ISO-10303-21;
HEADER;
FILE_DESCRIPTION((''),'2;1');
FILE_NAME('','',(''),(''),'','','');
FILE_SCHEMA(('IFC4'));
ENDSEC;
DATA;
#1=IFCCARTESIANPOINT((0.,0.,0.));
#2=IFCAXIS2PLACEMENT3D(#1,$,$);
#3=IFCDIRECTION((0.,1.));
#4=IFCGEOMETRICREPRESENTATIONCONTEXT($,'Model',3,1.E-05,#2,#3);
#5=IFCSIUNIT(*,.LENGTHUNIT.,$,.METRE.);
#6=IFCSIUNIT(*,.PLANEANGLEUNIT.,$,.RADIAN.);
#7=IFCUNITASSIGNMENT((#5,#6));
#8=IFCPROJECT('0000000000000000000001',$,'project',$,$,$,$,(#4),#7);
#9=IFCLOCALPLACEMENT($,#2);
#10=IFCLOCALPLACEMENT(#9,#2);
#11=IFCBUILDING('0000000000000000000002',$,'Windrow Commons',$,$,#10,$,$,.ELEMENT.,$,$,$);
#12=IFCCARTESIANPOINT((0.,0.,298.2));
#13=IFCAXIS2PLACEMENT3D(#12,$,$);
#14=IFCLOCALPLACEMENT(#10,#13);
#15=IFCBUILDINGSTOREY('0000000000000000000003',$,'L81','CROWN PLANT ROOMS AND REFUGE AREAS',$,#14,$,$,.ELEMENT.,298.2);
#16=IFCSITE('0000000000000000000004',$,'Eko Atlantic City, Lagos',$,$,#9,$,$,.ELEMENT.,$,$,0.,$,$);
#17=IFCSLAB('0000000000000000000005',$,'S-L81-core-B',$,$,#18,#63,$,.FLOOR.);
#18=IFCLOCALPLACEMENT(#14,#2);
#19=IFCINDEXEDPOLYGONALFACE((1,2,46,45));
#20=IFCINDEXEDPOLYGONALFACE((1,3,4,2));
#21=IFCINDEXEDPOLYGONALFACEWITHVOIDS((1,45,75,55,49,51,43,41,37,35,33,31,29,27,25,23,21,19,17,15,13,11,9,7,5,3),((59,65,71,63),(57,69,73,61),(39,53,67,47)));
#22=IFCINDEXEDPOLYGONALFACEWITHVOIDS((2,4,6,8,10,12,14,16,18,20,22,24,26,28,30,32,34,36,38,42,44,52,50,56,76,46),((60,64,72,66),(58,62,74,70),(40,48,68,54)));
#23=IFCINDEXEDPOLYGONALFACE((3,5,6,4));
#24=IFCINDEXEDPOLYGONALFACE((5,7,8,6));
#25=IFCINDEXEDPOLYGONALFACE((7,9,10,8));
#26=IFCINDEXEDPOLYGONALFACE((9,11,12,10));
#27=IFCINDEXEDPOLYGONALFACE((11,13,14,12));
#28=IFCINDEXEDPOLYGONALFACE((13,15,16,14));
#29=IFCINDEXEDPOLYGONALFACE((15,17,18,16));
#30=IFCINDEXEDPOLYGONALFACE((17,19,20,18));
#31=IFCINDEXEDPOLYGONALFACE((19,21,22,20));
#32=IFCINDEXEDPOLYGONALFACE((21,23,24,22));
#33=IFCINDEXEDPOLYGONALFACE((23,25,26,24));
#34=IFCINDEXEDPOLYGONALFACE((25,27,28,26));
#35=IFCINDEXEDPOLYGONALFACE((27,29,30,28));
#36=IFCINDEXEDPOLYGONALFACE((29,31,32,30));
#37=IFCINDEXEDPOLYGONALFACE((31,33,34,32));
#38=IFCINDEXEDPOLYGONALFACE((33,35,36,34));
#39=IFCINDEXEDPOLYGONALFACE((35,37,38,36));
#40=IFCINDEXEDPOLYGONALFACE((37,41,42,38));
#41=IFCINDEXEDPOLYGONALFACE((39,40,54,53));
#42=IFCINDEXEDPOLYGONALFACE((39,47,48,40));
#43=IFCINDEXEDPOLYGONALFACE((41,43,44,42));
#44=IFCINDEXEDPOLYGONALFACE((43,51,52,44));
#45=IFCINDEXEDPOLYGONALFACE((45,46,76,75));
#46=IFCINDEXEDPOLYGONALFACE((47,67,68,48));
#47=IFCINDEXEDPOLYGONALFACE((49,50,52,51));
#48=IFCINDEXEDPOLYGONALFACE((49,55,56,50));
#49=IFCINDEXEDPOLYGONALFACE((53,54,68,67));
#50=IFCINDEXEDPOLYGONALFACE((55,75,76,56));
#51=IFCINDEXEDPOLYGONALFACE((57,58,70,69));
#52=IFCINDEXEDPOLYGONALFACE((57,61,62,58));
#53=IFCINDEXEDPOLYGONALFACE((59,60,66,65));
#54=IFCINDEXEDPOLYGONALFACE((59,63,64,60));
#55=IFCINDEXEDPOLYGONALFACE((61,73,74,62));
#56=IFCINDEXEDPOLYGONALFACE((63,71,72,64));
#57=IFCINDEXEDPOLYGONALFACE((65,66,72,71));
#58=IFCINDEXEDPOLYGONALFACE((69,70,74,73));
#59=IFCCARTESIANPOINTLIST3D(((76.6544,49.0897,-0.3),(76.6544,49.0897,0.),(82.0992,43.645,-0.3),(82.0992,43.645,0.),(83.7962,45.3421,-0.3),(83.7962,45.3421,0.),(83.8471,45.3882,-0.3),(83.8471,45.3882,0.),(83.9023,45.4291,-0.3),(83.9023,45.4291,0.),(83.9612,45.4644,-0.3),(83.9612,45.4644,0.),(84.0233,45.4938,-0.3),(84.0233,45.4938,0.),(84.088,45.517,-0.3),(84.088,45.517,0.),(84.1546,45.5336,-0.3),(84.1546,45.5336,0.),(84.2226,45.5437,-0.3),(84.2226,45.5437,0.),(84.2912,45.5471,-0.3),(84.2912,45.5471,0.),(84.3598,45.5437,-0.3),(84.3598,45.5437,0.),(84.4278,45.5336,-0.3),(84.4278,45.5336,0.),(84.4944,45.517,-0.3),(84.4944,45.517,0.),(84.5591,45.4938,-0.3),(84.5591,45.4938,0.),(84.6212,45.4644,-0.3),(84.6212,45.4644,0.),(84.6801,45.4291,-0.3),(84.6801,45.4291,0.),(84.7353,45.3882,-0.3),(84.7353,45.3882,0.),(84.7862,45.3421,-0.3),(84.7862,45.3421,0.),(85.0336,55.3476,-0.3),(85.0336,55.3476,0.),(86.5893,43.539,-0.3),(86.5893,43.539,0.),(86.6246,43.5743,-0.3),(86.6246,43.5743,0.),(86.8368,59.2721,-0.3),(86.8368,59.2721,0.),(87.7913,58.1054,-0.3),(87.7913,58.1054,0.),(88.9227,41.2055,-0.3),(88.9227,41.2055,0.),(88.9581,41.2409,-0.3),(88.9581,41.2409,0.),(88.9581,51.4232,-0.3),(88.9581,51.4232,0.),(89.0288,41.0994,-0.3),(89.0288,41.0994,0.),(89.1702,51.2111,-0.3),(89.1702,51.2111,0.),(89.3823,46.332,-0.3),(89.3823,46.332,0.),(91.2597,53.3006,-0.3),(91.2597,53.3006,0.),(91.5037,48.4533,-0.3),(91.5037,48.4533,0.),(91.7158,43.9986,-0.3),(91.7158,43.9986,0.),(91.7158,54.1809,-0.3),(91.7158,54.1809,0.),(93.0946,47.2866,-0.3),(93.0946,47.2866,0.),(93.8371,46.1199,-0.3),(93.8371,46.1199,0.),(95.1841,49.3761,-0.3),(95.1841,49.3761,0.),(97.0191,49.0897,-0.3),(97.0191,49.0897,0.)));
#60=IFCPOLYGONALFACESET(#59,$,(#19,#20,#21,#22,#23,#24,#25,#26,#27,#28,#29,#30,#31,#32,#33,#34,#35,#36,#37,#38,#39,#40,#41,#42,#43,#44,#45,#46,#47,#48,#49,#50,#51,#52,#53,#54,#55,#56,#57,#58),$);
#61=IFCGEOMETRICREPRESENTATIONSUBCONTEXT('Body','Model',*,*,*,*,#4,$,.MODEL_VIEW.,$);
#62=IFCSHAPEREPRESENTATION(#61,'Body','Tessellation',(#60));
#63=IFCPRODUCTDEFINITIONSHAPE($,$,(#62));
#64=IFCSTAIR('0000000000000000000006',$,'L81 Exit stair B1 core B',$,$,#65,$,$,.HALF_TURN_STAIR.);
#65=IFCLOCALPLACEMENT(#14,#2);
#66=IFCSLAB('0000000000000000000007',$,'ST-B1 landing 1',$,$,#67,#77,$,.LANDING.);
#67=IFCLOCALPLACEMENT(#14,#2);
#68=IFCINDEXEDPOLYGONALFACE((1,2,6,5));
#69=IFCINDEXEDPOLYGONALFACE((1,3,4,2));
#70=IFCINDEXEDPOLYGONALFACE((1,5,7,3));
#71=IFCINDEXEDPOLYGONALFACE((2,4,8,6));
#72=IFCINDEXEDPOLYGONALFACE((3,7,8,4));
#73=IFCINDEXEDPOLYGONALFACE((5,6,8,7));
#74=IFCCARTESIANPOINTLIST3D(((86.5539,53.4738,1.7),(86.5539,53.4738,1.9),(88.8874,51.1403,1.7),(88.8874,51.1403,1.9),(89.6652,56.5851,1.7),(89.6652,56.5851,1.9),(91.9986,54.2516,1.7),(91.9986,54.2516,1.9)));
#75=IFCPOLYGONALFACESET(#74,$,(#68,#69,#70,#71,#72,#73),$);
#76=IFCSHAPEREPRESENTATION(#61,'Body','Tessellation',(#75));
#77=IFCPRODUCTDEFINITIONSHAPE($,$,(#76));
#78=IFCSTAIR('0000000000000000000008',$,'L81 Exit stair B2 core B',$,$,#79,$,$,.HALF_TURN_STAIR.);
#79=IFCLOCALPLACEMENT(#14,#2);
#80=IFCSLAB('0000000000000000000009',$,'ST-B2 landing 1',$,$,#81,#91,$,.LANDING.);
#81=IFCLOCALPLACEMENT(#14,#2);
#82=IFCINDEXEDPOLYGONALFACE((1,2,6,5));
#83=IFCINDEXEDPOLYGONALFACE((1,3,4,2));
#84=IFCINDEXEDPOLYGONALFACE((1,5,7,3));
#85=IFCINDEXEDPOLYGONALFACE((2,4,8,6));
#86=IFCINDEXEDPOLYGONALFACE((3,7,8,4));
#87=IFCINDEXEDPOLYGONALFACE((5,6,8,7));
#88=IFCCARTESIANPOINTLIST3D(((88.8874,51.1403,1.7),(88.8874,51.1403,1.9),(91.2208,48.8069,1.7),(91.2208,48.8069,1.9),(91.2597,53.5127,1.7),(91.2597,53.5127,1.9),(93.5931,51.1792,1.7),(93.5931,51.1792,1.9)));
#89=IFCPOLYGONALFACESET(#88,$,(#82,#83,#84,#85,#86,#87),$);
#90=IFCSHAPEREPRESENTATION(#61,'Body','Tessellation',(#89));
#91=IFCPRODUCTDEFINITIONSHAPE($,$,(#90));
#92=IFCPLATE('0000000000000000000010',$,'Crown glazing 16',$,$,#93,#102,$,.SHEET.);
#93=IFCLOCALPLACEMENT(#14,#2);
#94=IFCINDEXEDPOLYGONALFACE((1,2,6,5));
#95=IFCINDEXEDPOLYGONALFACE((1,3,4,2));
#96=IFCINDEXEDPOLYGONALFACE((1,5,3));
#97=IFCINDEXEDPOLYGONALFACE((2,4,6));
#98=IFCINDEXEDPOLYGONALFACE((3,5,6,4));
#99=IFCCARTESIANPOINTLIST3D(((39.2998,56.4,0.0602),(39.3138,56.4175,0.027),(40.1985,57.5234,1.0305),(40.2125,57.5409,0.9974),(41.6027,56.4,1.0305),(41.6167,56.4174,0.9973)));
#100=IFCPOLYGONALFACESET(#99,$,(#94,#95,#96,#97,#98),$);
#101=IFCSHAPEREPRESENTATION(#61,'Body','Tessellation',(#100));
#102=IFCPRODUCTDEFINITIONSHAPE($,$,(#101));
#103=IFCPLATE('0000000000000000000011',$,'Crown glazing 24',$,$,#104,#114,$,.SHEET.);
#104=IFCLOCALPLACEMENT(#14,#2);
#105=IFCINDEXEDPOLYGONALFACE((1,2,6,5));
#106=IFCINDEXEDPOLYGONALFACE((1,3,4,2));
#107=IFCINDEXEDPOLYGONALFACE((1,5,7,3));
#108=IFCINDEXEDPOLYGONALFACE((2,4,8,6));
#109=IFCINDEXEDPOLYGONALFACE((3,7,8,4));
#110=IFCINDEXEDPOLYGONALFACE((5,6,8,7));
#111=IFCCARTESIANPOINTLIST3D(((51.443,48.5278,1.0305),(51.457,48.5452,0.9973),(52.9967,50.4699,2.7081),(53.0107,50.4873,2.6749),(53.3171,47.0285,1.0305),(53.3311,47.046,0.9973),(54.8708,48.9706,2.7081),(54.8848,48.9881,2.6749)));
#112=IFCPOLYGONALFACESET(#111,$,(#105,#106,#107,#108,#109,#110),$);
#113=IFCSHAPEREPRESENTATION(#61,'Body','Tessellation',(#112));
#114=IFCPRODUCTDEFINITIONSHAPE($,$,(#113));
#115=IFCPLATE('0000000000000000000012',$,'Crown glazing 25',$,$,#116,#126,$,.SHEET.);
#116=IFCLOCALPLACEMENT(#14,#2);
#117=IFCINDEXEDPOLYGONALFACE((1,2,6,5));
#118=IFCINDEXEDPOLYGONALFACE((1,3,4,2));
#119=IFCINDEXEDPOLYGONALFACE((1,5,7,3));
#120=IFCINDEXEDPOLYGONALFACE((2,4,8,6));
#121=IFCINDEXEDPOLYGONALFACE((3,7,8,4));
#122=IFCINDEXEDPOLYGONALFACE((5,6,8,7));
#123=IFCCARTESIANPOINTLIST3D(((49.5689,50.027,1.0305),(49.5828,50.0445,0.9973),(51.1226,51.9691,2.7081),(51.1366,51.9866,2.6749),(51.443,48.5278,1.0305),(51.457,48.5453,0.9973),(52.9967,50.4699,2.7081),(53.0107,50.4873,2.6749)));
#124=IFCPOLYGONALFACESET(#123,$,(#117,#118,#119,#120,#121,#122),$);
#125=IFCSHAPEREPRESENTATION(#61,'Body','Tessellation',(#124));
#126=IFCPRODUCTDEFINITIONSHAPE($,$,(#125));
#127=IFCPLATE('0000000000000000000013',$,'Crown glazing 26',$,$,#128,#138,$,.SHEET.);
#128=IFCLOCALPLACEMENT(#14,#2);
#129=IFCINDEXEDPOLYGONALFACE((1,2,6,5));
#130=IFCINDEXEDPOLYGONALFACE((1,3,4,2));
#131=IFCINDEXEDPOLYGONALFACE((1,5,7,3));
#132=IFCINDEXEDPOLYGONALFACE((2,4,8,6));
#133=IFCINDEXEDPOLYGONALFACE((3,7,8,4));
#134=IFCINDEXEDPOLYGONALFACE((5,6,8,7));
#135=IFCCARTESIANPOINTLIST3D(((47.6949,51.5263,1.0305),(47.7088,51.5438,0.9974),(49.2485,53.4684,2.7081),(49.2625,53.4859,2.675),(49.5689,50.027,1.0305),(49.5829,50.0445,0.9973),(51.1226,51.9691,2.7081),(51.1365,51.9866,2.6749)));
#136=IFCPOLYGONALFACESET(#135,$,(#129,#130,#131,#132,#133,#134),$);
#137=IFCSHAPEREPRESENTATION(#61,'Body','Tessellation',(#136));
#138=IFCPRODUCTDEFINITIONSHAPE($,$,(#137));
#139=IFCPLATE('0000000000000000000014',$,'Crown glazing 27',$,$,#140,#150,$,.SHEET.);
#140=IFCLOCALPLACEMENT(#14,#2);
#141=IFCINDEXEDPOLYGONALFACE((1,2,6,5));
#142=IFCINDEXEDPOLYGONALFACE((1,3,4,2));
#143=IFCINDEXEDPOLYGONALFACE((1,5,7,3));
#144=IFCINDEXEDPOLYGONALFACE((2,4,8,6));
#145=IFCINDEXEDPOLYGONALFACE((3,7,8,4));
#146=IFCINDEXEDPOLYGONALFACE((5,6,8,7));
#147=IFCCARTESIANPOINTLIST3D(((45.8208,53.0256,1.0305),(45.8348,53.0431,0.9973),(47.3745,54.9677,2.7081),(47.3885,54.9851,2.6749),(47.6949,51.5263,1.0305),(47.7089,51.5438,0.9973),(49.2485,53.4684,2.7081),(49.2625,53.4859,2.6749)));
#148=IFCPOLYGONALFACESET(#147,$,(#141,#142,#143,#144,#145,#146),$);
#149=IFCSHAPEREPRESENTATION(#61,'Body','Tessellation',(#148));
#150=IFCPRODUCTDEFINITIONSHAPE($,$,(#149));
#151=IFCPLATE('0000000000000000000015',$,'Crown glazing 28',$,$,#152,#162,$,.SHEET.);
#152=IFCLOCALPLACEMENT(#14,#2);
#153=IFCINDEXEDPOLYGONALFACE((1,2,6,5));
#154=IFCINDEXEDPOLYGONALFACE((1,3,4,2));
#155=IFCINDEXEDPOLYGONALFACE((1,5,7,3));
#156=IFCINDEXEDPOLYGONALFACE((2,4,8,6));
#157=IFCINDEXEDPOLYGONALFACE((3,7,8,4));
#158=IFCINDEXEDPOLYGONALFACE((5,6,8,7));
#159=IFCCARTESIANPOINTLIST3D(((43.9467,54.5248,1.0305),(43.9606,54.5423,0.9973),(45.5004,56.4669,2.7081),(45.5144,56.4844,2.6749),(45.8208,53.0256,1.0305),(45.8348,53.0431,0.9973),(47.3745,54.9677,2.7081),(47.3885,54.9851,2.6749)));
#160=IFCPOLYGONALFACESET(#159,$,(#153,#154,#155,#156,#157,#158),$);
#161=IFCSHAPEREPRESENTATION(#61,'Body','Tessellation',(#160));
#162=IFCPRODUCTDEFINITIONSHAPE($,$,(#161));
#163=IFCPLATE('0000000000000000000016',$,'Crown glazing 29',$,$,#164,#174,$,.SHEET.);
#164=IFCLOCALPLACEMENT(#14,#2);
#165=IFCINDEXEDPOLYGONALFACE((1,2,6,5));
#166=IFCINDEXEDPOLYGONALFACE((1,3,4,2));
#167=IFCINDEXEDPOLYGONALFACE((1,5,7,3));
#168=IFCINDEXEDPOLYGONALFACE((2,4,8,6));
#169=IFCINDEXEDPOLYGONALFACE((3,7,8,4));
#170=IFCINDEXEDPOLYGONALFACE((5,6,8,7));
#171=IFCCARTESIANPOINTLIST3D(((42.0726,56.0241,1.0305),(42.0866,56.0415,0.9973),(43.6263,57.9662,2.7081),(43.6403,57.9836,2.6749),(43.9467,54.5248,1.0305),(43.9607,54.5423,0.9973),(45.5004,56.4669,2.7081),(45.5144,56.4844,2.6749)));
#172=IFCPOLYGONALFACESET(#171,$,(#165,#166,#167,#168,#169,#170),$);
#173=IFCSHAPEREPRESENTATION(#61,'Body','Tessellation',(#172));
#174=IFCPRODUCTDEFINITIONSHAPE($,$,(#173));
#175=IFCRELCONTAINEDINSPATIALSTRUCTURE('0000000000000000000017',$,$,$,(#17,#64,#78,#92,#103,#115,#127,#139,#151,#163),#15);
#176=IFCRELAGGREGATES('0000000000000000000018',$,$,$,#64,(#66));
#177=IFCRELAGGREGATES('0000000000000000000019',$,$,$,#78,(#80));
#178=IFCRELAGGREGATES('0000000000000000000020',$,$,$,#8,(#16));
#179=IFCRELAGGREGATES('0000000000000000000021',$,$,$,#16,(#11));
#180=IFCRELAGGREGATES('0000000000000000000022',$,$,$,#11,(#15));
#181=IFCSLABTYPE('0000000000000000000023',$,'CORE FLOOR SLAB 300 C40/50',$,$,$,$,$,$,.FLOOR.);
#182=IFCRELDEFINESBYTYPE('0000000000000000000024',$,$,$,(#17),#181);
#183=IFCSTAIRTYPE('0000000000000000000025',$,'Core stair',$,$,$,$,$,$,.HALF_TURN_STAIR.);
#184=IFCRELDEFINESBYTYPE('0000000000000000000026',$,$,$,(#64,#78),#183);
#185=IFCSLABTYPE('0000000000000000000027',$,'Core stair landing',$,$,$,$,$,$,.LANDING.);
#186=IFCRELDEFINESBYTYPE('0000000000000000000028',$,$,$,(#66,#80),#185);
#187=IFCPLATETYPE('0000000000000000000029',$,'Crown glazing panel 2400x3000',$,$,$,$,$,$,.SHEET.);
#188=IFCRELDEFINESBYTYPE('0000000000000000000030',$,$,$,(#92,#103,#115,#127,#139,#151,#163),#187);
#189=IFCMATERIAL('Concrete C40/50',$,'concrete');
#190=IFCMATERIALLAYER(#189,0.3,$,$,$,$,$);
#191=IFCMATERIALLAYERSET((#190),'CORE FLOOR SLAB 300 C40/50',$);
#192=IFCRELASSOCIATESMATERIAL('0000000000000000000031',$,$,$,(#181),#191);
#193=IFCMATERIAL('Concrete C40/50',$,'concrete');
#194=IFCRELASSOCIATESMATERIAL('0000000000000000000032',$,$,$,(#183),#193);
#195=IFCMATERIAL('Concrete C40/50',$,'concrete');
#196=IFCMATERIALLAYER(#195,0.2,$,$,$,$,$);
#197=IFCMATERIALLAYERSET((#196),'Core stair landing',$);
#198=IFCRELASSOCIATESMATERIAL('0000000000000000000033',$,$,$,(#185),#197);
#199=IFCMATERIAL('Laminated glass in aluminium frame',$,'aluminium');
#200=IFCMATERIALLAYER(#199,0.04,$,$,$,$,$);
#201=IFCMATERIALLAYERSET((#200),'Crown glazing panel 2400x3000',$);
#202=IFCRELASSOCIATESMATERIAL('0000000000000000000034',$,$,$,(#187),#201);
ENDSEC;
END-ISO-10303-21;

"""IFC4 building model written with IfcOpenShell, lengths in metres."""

from ifc_helpers import new_model, si_unit, direction, frame, origin, place, context, subcontext, project, spatial, polyline, outline, extrude, material, layer, layer_set, type_object, element, aggregate, save


model = new_model("IFC4")

# Units and contexts
model_context = context("Model", 3, precision=1e-05, world=origin(), true_north=direction((0.0, 1.0)))
body_context = subcontext(model_context, "Body", "Model", "MODEL_VIEW")
ifc_project = project(units=[si_unit("LENGTHUNIT", "METRE"), si_unit("PLANEANGLEUNIT", "RADIAN")], contexts=[model_context])

# Site, building, storey
site_placement = place(None, origin())
site = spatial("IfcSite", under=ifc_project, at=site_placement, Name="Eko Atlantic City, Lagos", CompositionType="ELEMENT", RefElevation=0.0)
building_placement = place(site_placement, origin())
building = spatial("IfcBuilding", under=site, at=building_placement, Name="Windrow Commons", CompositionType="ELEMENT")
storey_placement = place(building_placement, frame((0.0, 0.0, 298.2)))
storey = spatial("IfcBuildingStorey", under=building, at=storey_placement, Name="L81", Description="CROWN PLANT ROOMS AND REFUGE AREAS", CompositionType="ELEMENT", Elevation=298.2)

# Slab, openings
ifc_material_1 = material(Name="Concrete C40/50", Category="concrete")
ifc_layer_1 = layer(ifc_material_1, 0.3)
ifc_layer_set_1 = layer_set([ifc_layer_1], Name="CORE FLOOR SLAB 300 C40/50")
slab_type_1 = type_object("IfcSlabType", Name="CORE FLOOR SLAB 300 C40/50", PredefinedType="FLOOR", material=ifc_layer_set_1)
placement_1 = place(storey_placement, frame((0.0, 0.0, -0.3)))
slab_1 = element("IfcSlab", 1, at=placement_1, inside=storey, type_object=slab_type_1, Name="S-L81-core-B", PredefinedType="FLOOR", context=body_context, shape_type="SweptSolid", body=[
    extrude(outline(polyline([(76.6544, 49.0897), (86.8368, 59.2721), (97.0191, 49.0897), (89.0288, 41.0994), (88.9227, 41.2055), (88.9581, 41.2409), (86.6246, 43.5743), (86.5893, 43.539), (84.7862, 45.3421), (84.7353, 45.3882), (84.6801, 45.4291), (84.6212, 45.4644), (84.5591, 45.4938), (84.4944, 45.517), (84.4278, 45.5336), (84.3598, 45.5437), (84.2912, 45.5471), (84.2226, 45.5437), (84.1546, 45.5336), (84.088, 45.517), (84.0233, 45.4938), (83.9612, 45.4644), (83.9023, 45.4291), (83.8471, 45.3882), (83.7962, 45.3421), (82.0992, 43.645), (76.6544, 49.0897)]), holes=[polyline([(91.7158, 43.9986), (93.8371, 46.1199), (91.5037, 48.4533), (89.3823, 46.332), (91.7158, 43.9986)]), polyline([(88.9581, 51.4232), (91.7158, 54.1809), (87.7913, 58.1054), (85.0336, 55.3476), (88.9581, 51.4232)]), polyline([(93.0946, 47.2866), (95.1841, 49.3761), (91.2597, 53.3006), (89.1702, 51.2111), (93.0946, 47.2866)])]), origin(), (0.0, 0.0, 1.0), 0.3),
])
opening_1_placement = place(placement_1, origin())
element("IfcOpeningElement", 2, at=opening_1_placement, cuts=slab_1, PredefinedType="OPENING", context=body_context, shape_type="SweptSolid", body=[
    extrude(outline(polyline([(91.7158, 44.0057), (89.3894, 46.332), (91.5037, 48.4462), (93.83, 46.1199), (91.7158, 44.0057)])), origin(), (0.0, 0.0, 1.0), 0.3),
])
opening_2_placement = place(placement_1, origin())
element("IfcOpeningElement", 3, at=opening_2_placement, cuts=slab_1, PredefinedType="OPENING", context=body_context, shape_type="SweptSolid", body=[
    extrude(outline(polyline([(88.9581, 51.4303), (85.0407, 55.3476), (87.7913, 58.0983), (91.7087, 54.1809), (88.9581, 51.4303)])), origin(), (0.0, 0.0, 1.0), 0.3),
])
opening_3_placement = place(placement_1, origin())
element("IfcOpeningElement", 4, at=opening_3_placement, cuts=slab_1, PredefinedType="OPENING", context=body_context, shape_type="SweptSolid", body=[
    extrude(outline(polyline([(93.0946, 47.2937), (89.1773, 51.2111), (91.2597, 53.2935), (95.177, 49.3761), (93.0946, 47.2937)])), origin(), (0.0, 0.0, 1.0), 0.3),
])

# Stairs, slabs
ifc_material_2 = material(Name="Concrete C40/50", Category="concrete")
stair_type = type_object("IfcStairType", Name="Core stair", PredefinedType="HALF_TURN_STAIR", material=ifc_material_2)
placement_2 = place(storey_placement, origin())
stair_1 = element("IfcStair", 5, at=placement_2, inside=storey, type_object=stair_type, Name="L81 Exit stair B1 core B", PredefinedType="HALF_TURN_STAIR")
ifc_material_3 = material(Name="Concrete C40/50", Category="concrete")
ifc_layer_2 = layer(ifc_material_3, 0.2)
ifc_layer_set_2 = layer_set([ifc_layer_2], Name="Core stair landing")
slab_type_2 = type_object("IfcSlabType", Name="Core stair landing", PredefinedType="LANDING", material=ifc_layer_set_2)
placement_3 = place(storey_placement, frame((0.0, 0.0, 1.7)))
slab_2 = element("IfcSlab", 6, at=placement_3, type_object=slab_type_2, Name="ST-B1 landing 1", PredefinedType="LANDING", context=body_context, shape_type="SweptSolid", body=[
    extrude(outline(polyline([(86.5539, 53.4738), (88.8874, 51.1403), (91.9986, 54.2516), (89.6652, 56.5851), (86.5539, 53.4738)])), origin(), (0.0, 0.0, 1.0), 0.2),
])
aggregate(stair_1, [slab_2])
stair_2 = element("IfcStair", 7, at=placement_2, inside=storey, type_object=stair_type, Name="L81 Exit stair B2 core B", PredefinedType="HALF_TURN_STAIR")
slab_3 = element("IfcSlab", 8, at=placement_3, type_object=slab_type_2, Name="ST-B2 landing 1", PredefinedType="LANDING", context=body_context, shape_type="SweptSolid", body=[
    extrude(outline(polyline([(88.8874, 51.1403), (91.2208, 48.8069), (93.5931, 51.1792), (91.2597, 53.5127), (88.8874, 51.1403)])), origin(), (0.0, 0.0, 1.0), 0.2),
])
aggregate(stair_2, [slab_3])

# Plates
ifc_material_4 = material(Name="Laminated glass in aluminium frame", Category="aluminium")
ifc_layer_3 = layer(ifc_material_4, 0.04)
ifc_layer_set_3 = layer_set([ifc_layer_3], Name="Crown glazing panel 2400x3000")
plate_type = type_object("IfcPlateType", Name="Crown glazing panel 2400x3000", PredefinedType="SHEET", material=ifc_layer_set_3)
plate_1_placement = place(storey_placement, frame((39.2998, 56.4, 0.0602), z_axis=(-0.349314, -0.436627, 0.829058), x_axis=(0.517901, 0.647391, 0.559163)))
element("IfcPlate", 9, at=plate_1_placement, inside=storey, type_object=plate_type, Name="Crown glazing 16", PredefinedType="SHEET", context=body_context, shape_type="SweptSolid", body=[
    extrude(outline(polyline([(0.0, 0.0), (1.7353, 0.0), (1.7352, -1.7983), (0.0, 0.0)])), origin(), (0.0, 0.0, -1.0), 0.04),
])
plate_2_placement = place(storey_placement, frame((53.3171, 47.0285, 1.0305), z_axis=(-0.349331, -0.436658, 0.829034), x_axis=(-0.780865, 0.6247, 0.0)))
element("IfcPlate", 10, at=plate_2_placement, inside=storey, type_object=plate_type, Name="Crown glazing 24", PredefinedType="SHEET", context=body_context, shape_type="SweptSolid", body=[
    extrude(outline(polyline([(0.0, 0.0), (2.4, 0.0), (2.4, -3.0), (0.0, -3.0), (0.0, 0.0)])), origin(), (0.0, 0.0, -1.0), 0.04),
])
plate_3_placement = place(storey_placement, frame((51.443, 48.5278, 1.0305), z_axis=(-0.349317, -0.436669, 0.829034), x_axis=(-0.780885, 0.624675, 0.0)))
element("IfcPlate", 11, at=plate_3_placement, inside=storey, type_object=plate_type, Name="Crown glazing 25", PredefinedType="SHEET", context=body_context, shape_type="SweptSolid", body=[
    extrude(outline(polyline([(0.0, 0.0), (2.4, 0.0), (2.3999, -3.0), (-0.0001, -3.0), (0.0, 0.0)])), origin(), (0.0, 0.0, -1.0), 0.04),
])
plate_4_placement = place(storey_placement, frame((49.5689, 50.027, 1.0305), z_axis=(-0.349339, -0.436657, 0.829031), x_axis=(-0.780851, 0.624717, 0.000006)))
element("IfcPlate", 12, at=plate_4_placement, inside=storey, type_object=plate_type, Name="Crown glazing 26", PredefinedType="SHEET", context=body_context, shape_type="SweptSolid", body=[
    extrude(outline(polyline([(0.0, 0.0), (2.4, 0.0), (2.4001, -3.0), (0.0001, -3.0), (0.0, 0.0)])), origin(), (0.0, 0.0, -1.0), 0.04),
])
plate_5_placement = place(storey_placement, frame((47.6949, 51.5263, 1.0305), z_axis=(-0.349339, -0.436657, 0.829031), x_axis=(-0.780862, 0.624703, -0.000006)))
element("IfcPlate", 13, at=plate_5_placement, inside=storey, type_object=plate_type, Name="Crown glazing 27", PredefinedType="SHEET", context=body_context, shape_type="SweptSolid", body=[
    extrude(outline(polyline([(0.0, 0.0), (2.4, 0.0), (2.4, -3.0), (0.0001, -3.0), (0.0, 0.0)])), origin(), (0.0, 0.0, -1.0), 0.04),
])
plate_6_placement = place(storey_placement, frame((45.8208, 53.0256, 1.0305), z_axis=(-0.349317, -0.436669, 0.829034), x_axis=(-0.780885, 0.624675, 0.0)))
element("IfcPlate", 14, at=plate_6_placement, inside=storey, type_object=plate_type, Name="Crown glazing 28", PredefinedType="SHEET", context=body_context, shape_type="SweptSolid", body=[
    extrude(outline(polyline([(0.0, 0.0), (2.4, 0.0), (2.3999, -3.0), (-0.0001, -3.0), (0.0, 0.0)])), origin(), (0.0, 0.0, -1.0), 0.04),
])
plate_7_placement = place(storey_placement, frame((43.9467, 54.5248, 1.0305), z_axis=(-0.349331, -0.436658, 0.829034), x_axis=(-0.780865, 0.6247, 0.0)))
element("IfcPlate", 15, at=plate_7_placement, inside=storey, type_object=plate_type, Name="Crown glazing 29", PredefinedType="SHEET", context=body_context, shape_type="SweptSolid", body=[
    extrude(outline(polyline([(0.0, 0.0), (2.4, 0.0), (2.4, -3.0), (0.0, -3.0), (0.0, 0.0)])), origin(), (0.0, 0.0, -1.0), 0.04),
])

save(model, "model.ifc")
